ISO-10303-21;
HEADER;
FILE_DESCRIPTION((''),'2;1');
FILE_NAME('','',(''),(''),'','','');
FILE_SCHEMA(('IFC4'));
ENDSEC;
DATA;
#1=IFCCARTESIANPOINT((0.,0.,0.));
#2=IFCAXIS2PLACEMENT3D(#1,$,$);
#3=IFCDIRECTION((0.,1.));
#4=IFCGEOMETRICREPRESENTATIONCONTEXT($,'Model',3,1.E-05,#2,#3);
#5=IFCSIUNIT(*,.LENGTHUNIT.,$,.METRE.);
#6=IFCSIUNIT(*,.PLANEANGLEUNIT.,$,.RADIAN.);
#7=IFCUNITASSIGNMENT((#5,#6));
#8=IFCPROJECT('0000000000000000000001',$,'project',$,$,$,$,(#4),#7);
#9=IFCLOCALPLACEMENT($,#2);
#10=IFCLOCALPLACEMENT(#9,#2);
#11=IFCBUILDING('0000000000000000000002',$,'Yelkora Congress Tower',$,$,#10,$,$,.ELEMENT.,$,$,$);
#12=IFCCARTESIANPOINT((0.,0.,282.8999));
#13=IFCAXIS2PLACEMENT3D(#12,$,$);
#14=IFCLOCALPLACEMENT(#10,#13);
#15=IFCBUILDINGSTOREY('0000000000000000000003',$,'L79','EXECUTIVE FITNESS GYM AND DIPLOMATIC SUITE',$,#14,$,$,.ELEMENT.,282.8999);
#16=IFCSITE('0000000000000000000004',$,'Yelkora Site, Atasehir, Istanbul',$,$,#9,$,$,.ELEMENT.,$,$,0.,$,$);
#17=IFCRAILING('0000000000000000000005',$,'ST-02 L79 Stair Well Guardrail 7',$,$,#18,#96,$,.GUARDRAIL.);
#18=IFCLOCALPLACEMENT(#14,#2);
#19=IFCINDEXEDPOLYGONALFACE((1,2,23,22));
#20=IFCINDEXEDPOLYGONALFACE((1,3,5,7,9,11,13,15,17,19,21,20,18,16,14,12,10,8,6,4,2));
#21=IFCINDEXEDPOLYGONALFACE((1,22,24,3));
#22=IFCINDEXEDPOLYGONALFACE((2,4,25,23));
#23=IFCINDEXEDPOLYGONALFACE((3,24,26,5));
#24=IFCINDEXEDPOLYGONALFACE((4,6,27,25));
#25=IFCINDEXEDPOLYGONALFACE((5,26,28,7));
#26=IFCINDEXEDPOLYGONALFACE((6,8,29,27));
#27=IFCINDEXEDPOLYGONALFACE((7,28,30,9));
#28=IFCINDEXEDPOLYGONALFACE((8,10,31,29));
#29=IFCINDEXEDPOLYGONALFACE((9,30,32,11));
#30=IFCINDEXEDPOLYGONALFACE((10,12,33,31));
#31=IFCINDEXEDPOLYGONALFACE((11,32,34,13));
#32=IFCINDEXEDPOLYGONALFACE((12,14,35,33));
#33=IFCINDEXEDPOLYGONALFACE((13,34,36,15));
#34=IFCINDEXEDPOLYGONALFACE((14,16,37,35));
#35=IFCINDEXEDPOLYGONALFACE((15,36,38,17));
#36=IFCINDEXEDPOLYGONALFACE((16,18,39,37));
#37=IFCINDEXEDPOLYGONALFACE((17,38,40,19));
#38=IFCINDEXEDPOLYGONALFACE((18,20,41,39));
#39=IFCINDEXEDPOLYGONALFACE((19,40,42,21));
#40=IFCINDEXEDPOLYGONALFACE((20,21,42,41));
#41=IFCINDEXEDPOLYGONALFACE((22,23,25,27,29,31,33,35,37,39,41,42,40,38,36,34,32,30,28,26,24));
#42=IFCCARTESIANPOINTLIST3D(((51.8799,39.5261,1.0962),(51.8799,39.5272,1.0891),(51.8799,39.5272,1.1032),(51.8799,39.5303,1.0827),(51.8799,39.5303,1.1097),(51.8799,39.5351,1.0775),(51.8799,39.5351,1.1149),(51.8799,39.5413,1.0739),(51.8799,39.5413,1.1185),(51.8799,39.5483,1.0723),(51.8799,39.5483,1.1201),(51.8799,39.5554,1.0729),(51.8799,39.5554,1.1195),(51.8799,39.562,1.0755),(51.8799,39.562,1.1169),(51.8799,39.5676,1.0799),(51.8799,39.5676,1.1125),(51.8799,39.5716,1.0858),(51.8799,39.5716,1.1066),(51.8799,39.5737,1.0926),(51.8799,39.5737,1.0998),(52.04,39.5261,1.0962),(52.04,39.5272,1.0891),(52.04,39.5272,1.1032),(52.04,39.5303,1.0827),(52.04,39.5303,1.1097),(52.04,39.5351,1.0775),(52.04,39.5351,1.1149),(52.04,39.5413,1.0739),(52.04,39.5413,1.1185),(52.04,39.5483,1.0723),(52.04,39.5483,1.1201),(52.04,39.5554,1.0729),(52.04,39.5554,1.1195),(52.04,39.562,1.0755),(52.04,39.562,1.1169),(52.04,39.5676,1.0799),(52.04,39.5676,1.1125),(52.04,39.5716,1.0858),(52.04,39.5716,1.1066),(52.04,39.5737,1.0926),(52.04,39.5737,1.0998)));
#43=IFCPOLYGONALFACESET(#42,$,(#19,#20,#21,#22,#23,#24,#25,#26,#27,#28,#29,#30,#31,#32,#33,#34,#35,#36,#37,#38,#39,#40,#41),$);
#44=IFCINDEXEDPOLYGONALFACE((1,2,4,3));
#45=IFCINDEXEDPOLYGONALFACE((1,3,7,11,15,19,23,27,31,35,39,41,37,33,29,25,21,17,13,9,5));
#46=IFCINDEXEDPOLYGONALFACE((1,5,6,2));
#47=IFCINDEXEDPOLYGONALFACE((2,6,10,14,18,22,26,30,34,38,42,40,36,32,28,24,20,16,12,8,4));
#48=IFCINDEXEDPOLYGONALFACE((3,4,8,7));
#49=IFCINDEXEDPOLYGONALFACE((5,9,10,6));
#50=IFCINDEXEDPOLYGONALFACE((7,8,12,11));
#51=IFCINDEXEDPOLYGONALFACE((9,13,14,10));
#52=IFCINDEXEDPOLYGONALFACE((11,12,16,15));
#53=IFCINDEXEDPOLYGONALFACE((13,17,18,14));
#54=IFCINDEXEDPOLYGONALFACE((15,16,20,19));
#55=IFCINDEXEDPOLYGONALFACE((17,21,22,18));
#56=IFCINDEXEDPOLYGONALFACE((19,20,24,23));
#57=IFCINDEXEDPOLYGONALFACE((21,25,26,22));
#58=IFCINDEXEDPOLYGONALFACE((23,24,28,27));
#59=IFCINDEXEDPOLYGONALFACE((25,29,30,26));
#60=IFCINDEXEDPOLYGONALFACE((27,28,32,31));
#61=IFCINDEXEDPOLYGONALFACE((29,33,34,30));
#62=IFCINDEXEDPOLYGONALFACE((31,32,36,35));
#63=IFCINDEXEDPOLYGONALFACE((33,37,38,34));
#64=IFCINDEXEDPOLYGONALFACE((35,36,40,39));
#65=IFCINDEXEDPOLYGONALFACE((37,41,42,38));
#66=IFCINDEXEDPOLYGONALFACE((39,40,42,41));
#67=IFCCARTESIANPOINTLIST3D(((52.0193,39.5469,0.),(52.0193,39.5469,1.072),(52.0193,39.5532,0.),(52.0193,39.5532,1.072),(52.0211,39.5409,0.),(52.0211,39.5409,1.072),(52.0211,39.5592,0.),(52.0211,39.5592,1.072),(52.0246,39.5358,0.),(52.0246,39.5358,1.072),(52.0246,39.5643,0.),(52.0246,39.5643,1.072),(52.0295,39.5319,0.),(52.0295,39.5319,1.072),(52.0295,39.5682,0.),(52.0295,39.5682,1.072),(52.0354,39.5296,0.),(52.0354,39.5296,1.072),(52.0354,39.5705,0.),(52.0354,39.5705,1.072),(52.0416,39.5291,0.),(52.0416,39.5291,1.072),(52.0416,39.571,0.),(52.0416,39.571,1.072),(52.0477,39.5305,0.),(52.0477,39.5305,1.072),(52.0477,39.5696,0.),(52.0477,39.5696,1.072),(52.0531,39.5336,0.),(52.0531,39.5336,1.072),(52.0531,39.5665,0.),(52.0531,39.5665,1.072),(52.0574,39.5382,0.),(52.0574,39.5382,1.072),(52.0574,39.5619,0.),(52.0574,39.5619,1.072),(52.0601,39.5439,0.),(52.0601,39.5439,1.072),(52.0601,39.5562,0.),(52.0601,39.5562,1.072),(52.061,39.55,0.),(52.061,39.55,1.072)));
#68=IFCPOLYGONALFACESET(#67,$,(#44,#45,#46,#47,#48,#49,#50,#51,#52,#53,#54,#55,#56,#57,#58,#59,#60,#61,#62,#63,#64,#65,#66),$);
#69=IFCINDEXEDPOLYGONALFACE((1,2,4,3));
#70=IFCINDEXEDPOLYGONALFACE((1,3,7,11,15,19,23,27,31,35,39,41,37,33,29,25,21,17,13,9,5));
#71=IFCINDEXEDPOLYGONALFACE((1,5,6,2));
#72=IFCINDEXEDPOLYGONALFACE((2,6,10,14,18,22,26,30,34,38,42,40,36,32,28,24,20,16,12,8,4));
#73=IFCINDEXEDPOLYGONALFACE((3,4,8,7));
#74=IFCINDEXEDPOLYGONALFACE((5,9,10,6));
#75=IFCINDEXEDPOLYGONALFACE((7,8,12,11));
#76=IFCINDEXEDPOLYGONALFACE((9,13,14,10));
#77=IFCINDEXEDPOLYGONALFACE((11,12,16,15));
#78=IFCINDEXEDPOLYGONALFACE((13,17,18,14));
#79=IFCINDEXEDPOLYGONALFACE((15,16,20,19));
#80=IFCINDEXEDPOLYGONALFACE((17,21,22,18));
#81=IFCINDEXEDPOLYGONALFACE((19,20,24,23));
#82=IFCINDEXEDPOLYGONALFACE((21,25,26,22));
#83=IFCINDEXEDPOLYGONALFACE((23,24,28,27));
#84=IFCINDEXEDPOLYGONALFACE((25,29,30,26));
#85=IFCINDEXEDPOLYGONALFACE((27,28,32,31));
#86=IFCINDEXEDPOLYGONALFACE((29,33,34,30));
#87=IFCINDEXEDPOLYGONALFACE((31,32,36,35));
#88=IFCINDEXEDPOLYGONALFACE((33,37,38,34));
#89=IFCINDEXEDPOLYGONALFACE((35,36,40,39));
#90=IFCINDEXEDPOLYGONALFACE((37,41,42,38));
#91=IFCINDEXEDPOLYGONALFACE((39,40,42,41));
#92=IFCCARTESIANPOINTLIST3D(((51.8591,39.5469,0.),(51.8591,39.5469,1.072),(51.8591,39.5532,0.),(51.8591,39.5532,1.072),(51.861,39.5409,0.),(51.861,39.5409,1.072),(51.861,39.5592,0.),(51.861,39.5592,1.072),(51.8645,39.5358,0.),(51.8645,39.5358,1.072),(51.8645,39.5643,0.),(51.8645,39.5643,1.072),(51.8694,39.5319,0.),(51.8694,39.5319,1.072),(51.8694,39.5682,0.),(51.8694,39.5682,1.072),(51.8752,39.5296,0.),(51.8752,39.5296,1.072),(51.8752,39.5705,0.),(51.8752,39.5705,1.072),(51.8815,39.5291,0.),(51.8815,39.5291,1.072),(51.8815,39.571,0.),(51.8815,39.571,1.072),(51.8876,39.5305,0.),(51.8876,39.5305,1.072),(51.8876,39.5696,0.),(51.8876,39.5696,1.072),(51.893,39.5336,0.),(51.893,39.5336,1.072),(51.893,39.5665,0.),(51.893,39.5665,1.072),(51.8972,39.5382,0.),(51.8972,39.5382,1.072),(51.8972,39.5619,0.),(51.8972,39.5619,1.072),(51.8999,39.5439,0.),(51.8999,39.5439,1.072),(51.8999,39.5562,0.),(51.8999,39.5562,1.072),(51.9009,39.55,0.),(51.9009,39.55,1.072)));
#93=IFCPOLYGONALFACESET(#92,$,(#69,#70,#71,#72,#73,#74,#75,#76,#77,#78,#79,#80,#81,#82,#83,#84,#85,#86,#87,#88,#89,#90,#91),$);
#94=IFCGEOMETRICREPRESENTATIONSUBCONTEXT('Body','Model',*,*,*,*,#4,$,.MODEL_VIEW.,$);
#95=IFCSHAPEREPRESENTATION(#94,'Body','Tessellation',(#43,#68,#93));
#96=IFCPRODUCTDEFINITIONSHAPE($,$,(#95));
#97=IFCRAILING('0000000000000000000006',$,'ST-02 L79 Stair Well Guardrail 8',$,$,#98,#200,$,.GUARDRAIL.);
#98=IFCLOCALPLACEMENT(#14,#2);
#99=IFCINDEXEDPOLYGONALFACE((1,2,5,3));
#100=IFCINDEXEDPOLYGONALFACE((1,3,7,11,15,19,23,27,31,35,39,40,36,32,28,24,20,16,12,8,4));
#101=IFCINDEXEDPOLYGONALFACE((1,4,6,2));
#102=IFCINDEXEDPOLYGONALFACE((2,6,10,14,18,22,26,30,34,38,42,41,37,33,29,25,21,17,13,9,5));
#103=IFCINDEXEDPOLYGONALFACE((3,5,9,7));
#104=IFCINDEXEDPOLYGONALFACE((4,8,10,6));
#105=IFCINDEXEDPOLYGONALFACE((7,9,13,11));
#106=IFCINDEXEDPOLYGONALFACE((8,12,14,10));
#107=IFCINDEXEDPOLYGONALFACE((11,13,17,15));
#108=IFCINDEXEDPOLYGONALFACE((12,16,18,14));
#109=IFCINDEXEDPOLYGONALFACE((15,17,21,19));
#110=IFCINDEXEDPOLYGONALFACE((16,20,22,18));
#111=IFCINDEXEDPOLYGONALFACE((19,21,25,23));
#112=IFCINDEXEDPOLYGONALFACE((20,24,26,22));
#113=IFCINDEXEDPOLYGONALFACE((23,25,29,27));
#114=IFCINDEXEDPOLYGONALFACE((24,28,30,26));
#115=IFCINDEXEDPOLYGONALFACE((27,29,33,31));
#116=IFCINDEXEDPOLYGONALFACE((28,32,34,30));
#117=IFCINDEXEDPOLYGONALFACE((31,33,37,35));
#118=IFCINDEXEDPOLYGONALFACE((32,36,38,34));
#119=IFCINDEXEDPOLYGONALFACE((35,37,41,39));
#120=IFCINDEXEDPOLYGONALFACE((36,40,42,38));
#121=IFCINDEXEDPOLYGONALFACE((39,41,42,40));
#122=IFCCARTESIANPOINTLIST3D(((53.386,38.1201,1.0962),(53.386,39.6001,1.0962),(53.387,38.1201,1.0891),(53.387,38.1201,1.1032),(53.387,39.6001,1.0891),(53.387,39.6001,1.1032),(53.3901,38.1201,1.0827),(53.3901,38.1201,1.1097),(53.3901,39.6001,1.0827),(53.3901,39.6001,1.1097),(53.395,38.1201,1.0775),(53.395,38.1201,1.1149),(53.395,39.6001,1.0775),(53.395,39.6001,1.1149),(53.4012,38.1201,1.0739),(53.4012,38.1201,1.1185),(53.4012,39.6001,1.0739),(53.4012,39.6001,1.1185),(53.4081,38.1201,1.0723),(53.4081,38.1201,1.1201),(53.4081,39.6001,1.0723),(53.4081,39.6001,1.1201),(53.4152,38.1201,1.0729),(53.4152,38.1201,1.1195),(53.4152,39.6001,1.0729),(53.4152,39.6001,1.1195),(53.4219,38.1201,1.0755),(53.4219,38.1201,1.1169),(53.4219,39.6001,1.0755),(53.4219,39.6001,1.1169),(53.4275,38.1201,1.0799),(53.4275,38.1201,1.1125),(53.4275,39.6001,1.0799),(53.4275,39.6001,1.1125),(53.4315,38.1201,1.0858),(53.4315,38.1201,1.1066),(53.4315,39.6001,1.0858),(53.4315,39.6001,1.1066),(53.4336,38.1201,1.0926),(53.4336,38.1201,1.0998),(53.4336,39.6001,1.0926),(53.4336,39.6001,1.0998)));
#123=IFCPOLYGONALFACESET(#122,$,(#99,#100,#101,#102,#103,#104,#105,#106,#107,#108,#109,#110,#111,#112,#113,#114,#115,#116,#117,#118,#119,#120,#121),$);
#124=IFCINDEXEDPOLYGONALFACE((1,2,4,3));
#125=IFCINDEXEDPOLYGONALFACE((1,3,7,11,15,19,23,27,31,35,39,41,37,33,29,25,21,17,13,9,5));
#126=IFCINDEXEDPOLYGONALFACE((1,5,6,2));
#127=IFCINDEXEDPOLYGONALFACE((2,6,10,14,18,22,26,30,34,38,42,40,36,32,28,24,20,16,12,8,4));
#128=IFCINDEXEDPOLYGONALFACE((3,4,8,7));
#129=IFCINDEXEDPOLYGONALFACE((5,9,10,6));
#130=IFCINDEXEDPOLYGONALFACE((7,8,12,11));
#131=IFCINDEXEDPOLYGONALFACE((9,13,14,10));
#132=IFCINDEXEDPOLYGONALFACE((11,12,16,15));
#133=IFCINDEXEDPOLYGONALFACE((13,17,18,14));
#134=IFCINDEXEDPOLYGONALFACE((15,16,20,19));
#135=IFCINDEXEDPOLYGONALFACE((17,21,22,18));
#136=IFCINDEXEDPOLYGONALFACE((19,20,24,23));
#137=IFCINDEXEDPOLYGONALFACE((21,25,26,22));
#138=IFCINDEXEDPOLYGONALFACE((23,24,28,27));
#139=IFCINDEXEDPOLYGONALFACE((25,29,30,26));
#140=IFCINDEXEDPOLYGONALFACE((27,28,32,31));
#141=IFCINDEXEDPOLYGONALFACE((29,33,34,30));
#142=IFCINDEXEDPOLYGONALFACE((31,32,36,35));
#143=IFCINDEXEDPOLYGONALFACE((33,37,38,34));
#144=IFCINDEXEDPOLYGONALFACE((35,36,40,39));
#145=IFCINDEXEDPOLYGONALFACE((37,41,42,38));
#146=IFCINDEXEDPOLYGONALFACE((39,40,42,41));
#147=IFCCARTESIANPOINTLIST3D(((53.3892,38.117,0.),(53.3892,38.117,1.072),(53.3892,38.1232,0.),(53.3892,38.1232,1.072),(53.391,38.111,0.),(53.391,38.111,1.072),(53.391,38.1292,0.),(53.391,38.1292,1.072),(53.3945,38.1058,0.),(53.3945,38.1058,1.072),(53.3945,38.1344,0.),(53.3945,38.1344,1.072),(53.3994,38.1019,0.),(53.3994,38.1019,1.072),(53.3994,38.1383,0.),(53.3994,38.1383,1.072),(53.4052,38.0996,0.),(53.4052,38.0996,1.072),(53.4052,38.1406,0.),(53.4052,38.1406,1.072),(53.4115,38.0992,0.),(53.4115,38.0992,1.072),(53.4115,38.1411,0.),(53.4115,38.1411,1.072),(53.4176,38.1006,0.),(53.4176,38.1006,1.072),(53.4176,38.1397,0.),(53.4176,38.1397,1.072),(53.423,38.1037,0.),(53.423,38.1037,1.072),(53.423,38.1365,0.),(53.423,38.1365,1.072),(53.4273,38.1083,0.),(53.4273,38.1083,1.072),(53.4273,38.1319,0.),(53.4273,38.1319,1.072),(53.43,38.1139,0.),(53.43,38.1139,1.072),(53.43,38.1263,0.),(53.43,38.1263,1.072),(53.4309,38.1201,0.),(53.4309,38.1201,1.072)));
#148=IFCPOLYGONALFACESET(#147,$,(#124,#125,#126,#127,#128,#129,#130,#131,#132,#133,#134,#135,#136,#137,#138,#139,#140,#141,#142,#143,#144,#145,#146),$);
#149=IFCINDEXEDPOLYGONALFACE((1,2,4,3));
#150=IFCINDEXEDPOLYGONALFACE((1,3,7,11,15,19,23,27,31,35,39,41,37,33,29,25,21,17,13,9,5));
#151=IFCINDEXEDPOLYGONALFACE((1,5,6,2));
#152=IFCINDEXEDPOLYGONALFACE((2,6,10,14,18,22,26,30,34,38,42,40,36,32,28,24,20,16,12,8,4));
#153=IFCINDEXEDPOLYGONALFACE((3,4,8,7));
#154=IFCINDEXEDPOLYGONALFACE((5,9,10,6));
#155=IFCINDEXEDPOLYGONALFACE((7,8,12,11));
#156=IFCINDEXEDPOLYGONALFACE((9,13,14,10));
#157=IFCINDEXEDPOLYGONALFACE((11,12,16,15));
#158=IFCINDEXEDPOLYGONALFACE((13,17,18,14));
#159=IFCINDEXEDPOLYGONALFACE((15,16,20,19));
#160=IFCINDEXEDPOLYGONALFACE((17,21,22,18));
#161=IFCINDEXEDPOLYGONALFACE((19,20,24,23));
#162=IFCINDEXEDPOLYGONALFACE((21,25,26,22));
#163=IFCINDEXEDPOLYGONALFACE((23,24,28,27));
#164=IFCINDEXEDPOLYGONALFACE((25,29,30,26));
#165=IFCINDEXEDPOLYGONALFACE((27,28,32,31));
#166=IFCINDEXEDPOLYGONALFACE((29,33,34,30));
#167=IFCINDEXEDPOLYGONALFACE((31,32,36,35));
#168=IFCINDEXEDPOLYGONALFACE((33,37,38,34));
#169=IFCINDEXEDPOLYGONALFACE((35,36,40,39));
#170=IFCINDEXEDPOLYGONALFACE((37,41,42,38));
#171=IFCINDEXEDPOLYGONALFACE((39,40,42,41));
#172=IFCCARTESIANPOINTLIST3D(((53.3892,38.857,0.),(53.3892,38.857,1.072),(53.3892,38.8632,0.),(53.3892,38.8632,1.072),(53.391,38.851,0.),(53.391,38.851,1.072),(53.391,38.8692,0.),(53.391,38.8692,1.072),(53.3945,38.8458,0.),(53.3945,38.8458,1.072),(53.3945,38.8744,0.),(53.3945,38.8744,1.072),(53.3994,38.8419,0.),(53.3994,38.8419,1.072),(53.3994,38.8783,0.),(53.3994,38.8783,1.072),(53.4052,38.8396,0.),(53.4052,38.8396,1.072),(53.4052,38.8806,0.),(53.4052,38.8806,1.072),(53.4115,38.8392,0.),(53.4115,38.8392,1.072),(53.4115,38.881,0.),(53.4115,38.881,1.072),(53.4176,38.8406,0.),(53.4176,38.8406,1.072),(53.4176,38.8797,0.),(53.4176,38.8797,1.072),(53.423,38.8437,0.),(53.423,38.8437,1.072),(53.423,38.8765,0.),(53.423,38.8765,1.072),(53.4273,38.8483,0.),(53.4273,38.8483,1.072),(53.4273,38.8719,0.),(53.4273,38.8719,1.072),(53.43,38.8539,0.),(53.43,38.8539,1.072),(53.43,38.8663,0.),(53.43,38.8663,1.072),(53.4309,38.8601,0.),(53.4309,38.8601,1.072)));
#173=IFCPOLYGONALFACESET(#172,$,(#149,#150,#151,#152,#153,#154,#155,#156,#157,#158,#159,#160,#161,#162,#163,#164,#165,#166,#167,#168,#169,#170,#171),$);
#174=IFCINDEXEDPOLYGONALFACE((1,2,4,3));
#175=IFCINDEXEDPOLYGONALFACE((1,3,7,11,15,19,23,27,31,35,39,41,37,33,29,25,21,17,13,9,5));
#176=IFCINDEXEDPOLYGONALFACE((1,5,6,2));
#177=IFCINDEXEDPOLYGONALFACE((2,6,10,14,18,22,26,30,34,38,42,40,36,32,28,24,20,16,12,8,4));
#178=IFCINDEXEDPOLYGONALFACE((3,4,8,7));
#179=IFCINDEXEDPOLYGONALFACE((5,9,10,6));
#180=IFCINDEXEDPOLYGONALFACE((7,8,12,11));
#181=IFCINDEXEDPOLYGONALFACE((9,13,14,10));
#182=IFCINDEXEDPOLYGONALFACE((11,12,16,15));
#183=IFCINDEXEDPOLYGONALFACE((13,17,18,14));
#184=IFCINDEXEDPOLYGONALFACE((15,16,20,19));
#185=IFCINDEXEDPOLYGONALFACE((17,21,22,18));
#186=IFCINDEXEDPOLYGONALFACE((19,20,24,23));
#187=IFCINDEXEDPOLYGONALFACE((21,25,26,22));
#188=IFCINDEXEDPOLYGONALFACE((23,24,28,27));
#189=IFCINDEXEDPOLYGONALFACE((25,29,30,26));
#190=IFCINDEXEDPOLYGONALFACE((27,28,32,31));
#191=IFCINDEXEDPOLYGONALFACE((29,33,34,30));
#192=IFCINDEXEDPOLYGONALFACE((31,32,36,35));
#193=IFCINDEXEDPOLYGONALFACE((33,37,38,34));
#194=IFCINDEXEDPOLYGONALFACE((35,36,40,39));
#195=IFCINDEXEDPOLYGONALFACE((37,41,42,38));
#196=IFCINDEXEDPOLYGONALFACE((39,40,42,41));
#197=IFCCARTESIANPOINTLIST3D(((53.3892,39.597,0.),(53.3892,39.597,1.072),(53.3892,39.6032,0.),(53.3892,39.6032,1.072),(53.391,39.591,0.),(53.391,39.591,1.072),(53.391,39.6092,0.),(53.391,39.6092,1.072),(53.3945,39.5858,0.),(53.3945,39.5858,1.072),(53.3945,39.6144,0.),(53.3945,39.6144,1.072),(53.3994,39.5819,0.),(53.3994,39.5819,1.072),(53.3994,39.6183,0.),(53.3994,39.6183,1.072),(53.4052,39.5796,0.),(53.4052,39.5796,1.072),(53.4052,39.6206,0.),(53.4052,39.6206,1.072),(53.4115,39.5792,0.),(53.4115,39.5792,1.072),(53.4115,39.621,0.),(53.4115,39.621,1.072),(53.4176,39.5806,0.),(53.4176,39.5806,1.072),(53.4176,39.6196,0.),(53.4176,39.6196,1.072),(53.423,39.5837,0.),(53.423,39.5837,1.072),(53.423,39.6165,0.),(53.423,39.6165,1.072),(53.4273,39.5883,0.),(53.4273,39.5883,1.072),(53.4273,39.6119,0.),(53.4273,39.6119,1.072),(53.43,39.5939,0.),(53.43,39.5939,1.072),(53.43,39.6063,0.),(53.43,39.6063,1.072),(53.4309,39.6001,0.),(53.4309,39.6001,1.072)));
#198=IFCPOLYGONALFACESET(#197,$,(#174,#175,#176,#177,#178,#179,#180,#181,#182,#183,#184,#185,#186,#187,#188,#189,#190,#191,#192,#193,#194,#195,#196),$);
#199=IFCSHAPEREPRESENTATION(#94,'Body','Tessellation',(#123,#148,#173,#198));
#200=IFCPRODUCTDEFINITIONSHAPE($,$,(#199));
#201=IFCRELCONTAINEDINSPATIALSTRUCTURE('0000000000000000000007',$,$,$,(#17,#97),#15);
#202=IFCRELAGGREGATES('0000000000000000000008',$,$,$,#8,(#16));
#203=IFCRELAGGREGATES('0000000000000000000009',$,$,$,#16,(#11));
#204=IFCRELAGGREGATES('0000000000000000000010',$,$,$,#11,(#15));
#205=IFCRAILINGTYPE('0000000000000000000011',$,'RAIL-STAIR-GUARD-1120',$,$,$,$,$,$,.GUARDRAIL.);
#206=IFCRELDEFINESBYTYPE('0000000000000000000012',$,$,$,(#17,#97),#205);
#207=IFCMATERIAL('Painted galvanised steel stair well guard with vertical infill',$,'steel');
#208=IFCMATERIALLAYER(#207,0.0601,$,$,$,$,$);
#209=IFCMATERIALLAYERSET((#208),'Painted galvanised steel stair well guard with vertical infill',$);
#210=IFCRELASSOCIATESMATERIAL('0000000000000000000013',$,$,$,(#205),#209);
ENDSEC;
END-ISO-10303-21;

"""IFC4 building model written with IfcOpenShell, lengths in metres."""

from ifc_helpers import new_model, si_unit, direction, frame, origin, origin_2d, place, context, subcontext, project, spatial, circle, extrude, material, layer, layer_set, type_object, element, save


model = new_model("IFC4")

# Units and contexts
model_context = context("Model", 3, precision=1e-05, world=origin(), true_north=direction((0.0, 1.0)))
body_context = subcontext(model_context, "Body", "Model", "MODEL_VIEW")
ifc_project = project(units=[si_unit("LENGTHUNIT", "METRE"), si_unit("PLANEANGLEUNIT", "RADIAN")], contexts=[model_context])

# Site, building, storey
site_placement = place(None, origin())
site = spatial("IfcSite", under=ifc_project, at=site_placement, Name="Yelkora Site, Atasehir, Istanbul", CompositionType="ELEMENT", RefElevation=0.0)
building_placement = place(site_placement, origin())
building = spatial("IfcBuilding", under=site, at=building_placement, Name="Yelkora Congress Tower", CompositionType="ELEMENT")
storey_placement = place(building_placement, frame((0.0, 0.0, 282.8999)))
storey = spatial("IfcBuildingStorey", under=building, at=storey_placement, Name="L79", Description="EXECUTIVE FITNESS GYM AND DIPLOMATIC SUITE", CompositionType="ELEMENT", Elevation=282.8999)

# Railings
ifc_material_1 = material(Name="Painted galvanised steel stair well guard with vertical infill", Category="steel")
ifc_layer_1 = layer(ifc_material_1, 0.0601)
ifc_layer_set_1 = layer_set([ifc_layer_1], Name="Painted galvanised steel stair well guard with vertical infill")
railing_type_1 = type_object("IfcRailingType", Name="RAIL-STAIR-GUARD-1120", PredefinedType="GUARDRAIL", material=ifc_layer_set_1)
railing_1_placement = place(storey_placement, frame((52.04, 39.55, 0.0)))
element("IfcRailing", 1, at=railing_1_placement, inside=storey, type_object=railing_type_1, Name="ST-02 L79 Stair Well Guardrail 7", PredefinedType="GUARDRAIL", context=body_context, shape_type="SweptSolid", body=[
    extrude(circle(Radius=0.0239, at=origin_2d()), frame((0.0, 0.0, 1.0962), z_axis=(-1.0, 0.0, 0.0), x_axis=(0.0, -1.0, 0.0)), (0.0, 0.0, 1.0), 0.1602),
    extrude(circle(Radius=0.021, at=origin_2d()), origin(), (0.0, 0.0, 1.0), 1.072),
    extrude(circle(Radius=0.021, at=origin_2d()), frame((-0.1602, 0.0, 0.0)), (0.0, 0.0, 1.0), 1.072),
])
for number, where, name in (
    (2, (53.4099, 38.1201, 0.0), "ST-02 L79 Stair Well Guardrail 8"),
):
    element("IfcRailing", number, at=place(storey_placement, frame(where)), inside=storey, type_object=railing_type_1, Name=name, PredefinedType="GUARDRAIL", context=body_context, shape_type="SweptSolid", body=[
        extrude(circle(Radius=0.0239, at=origin_2d()), frame((0.0, 0.0, 1.0962), z_axis=(0.0, 1.0, 0.0), x_axis=(-1.0, 0.0, 0.0)), (0.0, 0.0, 1.0), 1.48),
        extrude(circle(Radius=0.021, at=origin_2d()), origin(), (0.0, 0.0, 1.0), 1.072),
        extrude(circle(Radius=0.021, at=origin_2d()), frame((0.0, 0.74, 0.0)), (0.0, 0.0, 1.0), 1.072),
        extrude(circle(Radius=0.021, at=origin_2d()), frame((0.0, 1.48, 0.0)), (0.0, 0.0, 1.0), 1.072),
    ])

save(model, "model.ifc")
